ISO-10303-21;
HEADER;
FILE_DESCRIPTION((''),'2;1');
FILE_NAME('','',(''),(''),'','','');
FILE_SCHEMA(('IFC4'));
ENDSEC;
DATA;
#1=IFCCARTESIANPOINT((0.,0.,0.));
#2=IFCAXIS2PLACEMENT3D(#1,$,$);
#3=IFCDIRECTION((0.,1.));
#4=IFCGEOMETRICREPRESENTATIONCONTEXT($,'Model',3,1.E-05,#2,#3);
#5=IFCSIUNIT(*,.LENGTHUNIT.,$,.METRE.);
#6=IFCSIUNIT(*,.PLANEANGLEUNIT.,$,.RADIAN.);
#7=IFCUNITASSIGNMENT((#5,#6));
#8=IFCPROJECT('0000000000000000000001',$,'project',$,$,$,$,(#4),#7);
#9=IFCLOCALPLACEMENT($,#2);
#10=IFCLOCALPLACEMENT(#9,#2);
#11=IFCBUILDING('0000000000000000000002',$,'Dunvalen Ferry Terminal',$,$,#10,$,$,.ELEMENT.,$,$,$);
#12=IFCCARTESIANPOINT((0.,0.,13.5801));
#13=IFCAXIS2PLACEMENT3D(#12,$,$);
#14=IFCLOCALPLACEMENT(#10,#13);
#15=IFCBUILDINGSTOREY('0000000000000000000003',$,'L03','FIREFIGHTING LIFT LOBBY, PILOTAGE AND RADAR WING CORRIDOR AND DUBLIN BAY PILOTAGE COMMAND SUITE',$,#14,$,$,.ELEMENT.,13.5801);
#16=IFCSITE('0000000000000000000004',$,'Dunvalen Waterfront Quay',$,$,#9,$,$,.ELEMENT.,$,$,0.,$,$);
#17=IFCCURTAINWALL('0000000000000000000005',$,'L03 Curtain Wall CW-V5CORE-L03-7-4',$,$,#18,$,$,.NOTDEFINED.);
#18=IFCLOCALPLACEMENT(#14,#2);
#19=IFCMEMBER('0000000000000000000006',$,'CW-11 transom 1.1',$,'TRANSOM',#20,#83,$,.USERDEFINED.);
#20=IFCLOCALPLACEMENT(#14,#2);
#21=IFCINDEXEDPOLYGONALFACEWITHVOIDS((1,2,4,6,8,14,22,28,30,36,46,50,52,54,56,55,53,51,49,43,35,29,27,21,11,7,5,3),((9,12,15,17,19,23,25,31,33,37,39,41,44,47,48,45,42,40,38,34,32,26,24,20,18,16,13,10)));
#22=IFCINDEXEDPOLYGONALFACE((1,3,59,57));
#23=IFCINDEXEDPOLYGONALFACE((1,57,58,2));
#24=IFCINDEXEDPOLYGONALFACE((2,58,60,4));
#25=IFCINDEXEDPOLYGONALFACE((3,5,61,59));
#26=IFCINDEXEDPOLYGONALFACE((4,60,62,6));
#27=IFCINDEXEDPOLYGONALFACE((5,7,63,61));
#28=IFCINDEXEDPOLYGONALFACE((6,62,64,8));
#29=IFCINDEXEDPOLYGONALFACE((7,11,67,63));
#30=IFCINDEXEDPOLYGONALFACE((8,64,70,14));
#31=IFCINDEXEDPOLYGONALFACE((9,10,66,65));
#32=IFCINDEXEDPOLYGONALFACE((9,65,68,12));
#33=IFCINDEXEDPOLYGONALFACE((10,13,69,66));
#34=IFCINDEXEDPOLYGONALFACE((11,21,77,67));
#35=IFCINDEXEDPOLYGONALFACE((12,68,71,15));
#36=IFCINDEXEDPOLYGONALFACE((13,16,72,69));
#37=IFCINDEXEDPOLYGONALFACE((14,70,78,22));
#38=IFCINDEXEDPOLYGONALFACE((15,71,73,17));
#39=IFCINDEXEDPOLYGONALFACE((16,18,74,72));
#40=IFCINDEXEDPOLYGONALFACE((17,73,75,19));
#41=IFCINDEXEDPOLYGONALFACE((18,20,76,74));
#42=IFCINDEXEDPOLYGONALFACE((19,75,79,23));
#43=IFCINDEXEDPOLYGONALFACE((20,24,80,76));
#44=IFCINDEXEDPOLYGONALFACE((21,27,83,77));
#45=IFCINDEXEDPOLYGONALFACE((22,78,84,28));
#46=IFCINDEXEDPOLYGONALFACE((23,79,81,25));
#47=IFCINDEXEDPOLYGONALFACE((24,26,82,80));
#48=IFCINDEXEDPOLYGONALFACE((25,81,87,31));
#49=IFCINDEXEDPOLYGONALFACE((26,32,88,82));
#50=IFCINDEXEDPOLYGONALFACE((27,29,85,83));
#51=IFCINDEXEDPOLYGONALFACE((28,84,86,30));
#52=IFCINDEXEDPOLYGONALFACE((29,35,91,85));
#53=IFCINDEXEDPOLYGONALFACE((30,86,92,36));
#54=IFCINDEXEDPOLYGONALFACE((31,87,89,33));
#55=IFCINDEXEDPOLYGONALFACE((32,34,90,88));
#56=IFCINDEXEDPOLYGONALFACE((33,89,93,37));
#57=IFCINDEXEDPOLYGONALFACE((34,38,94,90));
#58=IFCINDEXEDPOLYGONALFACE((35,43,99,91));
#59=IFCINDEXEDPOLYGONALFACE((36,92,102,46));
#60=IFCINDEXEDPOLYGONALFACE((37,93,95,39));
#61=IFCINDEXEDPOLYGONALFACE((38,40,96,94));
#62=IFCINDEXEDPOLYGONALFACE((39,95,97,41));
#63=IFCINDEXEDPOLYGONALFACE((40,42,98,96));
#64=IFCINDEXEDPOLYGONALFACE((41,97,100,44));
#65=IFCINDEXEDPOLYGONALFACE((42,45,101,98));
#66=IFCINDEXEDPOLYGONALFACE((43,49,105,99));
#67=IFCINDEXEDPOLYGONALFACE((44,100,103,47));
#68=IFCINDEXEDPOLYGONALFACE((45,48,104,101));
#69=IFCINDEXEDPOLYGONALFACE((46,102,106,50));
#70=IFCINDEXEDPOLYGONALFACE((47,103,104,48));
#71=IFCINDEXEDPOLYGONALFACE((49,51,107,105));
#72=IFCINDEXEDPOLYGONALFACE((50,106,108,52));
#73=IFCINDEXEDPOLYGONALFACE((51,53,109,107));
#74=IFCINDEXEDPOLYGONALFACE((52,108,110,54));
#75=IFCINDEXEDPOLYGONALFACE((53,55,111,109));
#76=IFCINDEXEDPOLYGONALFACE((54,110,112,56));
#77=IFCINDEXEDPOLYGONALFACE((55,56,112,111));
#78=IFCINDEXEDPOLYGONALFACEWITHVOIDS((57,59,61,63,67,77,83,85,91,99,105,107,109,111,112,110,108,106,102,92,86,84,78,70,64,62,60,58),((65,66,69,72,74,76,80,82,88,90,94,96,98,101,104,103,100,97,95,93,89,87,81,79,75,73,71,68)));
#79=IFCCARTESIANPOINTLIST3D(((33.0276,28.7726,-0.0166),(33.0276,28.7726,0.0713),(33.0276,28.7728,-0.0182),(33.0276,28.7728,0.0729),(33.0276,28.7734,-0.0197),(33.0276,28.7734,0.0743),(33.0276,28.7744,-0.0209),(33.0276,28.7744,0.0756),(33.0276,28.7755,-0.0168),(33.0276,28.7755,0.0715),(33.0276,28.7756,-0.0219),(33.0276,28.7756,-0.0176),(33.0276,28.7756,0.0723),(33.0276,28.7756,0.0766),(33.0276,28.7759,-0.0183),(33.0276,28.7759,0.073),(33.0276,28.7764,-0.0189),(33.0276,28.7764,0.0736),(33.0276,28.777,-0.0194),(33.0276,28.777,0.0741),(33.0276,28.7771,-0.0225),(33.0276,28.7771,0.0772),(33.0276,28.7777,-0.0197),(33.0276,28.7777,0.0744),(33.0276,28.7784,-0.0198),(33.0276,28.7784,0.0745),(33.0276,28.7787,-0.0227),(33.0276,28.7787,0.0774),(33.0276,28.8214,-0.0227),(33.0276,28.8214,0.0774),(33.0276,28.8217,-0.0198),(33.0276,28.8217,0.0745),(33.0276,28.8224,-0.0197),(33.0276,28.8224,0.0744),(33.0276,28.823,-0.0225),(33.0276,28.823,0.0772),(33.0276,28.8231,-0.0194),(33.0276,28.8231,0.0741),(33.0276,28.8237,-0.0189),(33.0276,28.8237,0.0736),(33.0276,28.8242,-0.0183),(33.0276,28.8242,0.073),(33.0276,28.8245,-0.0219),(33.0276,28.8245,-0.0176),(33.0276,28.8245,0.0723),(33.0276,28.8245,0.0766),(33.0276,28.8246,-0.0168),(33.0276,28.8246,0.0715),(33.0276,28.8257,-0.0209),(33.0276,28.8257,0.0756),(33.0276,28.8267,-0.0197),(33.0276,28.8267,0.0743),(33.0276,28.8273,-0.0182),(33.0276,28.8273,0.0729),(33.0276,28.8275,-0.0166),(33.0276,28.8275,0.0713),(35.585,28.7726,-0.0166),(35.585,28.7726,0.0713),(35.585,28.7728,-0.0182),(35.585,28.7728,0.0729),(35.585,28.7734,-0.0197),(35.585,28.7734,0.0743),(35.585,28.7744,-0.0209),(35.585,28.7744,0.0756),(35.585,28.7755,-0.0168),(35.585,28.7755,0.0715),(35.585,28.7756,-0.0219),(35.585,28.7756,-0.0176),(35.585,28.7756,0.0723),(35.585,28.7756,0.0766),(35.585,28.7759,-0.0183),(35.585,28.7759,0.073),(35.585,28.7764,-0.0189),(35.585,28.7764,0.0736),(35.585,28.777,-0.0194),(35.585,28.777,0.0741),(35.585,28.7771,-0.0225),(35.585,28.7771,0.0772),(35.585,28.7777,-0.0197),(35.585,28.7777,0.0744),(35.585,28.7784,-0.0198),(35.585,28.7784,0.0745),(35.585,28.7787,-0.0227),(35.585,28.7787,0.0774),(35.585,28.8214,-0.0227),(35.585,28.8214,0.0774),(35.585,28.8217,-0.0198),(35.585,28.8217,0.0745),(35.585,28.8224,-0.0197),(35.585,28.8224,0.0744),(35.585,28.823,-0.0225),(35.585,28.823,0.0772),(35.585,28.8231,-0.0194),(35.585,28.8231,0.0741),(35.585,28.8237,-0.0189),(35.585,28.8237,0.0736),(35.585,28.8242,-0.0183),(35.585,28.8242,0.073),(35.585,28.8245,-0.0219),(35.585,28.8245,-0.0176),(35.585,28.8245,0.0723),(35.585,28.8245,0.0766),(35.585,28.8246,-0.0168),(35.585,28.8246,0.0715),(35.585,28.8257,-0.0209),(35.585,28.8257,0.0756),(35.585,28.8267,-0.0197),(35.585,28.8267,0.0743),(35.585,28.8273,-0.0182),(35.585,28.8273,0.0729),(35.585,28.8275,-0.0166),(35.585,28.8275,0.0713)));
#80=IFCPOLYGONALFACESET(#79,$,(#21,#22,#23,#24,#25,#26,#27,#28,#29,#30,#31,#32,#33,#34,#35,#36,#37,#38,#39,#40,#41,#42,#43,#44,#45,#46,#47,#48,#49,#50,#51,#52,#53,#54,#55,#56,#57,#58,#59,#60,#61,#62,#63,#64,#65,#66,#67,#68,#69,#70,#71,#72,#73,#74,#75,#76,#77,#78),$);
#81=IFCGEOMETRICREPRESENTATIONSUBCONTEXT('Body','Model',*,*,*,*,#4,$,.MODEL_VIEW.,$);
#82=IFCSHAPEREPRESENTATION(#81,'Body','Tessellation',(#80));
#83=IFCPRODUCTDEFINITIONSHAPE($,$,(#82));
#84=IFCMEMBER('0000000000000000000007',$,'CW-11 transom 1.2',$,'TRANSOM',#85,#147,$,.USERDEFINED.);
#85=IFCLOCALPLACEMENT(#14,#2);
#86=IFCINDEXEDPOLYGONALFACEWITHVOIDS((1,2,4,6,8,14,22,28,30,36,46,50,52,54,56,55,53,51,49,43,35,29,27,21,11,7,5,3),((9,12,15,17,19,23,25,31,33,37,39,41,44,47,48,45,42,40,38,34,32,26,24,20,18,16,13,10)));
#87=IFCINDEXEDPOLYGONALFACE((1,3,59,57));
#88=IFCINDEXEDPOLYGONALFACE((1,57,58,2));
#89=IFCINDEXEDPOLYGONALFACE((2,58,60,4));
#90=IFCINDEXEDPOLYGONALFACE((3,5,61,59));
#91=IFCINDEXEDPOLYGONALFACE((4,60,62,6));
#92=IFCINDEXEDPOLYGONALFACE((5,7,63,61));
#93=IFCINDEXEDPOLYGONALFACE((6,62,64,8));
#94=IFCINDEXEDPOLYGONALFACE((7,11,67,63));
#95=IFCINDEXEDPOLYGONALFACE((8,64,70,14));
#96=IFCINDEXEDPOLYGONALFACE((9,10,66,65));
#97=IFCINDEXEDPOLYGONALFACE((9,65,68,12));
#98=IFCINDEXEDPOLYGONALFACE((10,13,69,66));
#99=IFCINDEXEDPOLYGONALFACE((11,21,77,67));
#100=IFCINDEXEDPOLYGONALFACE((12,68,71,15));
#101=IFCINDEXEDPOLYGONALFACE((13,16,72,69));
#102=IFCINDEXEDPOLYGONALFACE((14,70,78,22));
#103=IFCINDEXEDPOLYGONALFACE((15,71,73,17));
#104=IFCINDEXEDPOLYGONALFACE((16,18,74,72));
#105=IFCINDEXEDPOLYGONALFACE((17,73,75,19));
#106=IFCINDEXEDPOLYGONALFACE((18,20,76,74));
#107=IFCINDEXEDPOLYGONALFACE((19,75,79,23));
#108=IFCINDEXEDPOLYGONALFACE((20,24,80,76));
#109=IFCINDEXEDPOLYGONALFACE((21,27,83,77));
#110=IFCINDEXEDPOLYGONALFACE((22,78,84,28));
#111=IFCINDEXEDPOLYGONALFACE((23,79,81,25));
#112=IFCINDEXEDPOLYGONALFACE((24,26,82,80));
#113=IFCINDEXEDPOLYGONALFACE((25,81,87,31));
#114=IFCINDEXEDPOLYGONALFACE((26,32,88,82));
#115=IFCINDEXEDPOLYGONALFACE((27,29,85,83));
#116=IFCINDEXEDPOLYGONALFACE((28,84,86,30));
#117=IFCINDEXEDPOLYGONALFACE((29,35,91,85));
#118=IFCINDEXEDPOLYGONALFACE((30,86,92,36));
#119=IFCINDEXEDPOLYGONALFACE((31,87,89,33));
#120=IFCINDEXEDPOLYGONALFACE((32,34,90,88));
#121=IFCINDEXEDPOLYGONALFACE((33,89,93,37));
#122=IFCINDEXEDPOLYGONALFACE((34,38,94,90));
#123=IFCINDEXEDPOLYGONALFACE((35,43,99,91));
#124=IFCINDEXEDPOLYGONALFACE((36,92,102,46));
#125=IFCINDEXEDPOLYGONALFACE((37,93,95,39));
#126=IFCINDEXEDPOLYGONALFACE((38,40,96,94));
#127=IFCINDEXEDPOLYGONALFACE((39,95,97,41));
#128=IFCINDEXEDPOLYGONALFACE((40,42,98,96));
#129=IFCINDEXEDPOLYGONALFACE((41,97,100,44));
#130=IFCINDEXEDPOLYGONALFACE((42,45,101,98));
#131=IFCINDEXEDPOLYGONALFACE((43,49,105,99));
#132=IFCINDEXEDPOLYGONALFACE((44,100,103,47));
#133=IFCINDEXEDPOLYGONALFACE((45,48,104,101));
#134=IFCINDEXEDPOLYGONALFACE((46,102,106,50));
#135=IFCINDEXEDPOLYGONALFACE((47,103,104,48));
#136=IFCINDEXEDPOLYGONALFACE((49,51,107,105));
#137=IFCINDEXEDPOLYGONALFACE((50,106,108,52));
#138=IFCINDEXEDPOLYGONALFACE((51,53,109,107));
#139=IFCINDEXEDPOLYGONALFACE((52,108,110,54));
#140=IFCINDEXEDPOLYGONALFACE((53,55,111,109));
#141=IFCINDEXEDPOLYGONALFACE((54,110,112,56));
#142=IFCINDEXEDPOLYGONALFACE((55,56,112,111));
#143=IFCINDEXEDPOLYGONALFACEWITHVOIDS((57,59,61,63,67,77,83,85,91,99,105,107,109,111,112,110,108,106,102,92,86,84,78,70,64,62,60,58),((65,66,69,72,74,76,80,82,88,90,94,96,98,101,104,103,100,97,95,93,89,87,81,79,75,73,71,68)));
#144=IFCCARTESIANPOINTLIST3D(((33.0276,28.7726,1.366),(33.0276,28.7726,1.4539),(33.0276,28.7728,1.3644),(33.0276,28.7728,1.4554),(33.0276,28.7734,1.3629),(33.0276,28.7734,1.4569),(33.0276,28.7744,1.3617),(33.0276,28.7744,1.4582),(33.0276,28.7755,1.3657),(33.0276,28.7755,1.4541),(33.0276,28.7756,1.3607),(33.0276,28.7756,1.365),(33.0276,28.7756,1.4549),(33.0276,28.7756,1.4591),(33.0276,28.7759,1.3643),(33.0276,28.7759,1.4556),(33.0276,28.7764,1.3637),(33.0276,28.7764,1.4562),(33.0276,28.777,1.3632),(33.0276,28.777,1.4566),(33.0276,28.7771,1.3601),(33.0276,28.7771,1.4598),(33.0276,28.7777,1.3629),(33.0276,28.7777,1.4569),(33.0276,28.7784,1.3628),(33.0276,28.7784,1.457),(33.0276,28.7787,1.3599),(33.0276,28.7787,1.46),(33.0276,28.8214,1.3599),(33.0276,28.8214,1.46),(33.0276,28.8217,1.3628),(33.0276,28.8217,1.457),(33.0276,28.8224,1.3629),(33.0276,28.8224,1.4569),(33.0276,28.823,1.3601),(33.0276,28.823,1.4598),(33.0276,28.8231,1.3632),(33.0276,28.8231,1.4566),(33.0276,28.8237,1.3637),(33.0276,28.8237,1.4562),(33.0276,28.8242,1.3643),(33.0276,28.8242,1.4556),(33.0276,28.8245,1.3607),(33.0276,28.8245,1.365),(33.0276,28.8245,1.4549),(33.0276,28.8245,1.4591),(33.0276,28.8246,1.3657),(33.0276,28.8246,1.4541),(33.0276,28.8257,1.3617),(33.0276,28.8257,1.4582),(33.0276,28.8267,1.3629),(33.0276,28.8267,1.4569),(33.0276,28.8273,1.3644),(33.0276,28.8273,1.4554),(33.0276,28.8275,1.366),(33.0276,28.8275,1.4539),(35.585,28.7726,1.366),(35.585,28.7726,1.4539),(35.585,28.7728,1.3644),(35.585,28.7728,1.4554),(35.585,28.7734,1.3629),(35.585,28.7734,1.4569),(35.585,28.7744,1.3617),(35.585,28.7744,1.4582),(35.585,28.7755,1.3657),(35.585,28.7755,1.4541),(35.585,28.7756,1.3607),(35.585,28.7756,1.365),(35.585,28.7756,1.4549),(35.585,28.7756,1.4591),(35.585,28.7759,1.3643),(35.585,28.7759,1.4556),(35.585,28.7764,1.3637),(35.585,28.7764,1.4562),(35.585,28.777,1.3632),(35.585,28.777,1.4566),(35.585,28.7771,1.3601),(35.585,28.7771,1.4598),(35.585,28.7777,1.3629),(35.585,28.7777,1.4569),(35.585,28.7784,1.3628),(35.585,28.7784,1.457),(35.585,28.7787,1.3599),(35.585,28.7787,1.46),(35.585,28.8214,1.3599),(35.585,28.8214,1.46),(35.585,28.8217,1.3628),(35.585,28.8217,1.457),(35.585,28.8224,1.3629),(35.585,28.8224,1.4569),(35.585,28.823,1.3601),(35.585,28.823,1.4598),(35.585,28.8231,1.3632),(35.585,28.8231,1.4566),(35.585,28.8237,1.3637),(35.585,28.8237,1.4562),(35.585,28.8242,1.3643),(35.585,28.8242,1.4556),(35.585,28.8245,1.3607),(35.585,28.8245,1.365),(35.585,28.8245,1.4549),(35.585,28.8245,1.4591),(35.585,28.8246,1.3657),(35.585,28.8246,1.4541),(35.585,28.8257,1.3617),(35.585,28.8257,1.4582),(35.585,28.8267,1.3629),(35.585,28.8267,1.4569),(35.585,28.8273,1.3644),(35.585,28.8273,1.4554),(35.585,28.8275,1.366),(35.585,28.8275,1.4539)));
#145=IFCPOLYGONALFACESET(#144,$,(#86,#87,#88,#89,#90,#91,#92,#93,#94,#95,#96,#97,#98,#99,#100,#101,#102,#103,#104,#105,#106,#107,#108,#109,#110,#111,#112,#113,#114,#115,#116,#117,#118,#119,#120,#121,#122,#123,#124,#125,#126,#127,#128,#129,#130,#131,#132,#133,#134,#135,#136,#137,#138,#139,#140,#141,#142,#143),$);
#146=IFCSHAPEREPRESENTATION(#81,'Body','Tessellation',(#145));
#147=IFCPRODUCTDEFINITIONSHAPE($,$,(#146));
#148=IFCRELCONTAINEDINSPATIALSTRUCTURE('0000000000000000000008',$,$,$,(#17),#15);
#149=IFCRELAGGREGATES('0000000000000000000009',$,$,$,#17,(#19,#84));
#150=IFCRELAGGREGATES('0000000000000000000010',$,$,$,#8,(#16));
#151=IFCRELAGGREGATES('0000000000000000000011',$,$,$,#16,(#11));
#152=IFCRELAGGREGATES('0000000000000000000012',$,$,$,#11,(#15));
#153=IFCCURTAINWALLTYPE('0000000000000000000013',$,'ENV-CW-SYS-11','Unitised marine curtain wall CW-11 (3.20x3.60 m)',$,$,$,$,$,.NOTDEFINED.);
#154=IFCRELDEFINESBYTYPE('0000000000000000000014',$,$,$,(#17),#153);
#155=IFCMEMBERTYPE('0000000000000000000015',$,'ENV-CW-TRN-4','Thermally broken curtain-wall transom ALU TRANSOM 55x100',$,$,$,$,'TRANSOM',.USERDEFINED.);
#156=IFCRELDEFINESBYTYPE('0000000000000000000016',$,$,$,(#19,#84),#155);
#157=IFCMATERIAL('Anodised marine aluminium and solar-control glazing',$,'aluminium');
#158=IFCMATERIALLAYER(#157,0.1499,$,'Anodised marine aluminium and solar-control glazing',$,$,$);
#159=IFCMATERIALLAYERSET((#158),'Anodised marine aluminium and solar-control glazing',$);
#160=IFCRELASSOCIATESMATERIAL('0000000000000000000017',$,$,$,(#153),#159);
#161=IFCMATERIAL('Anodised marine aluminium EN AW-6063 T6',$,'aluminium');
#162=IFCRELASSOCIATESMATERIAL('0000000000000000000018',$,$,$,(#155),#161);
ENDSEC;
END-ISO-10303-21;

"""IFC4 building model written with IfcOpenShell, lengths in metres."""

from ifc_helpers import new_model, si_unit, direction, frame, origin, origin_2d, place, context, subcontext, project, spatial, hollow_rectangle, extrude, material, layer, layer_set, material_profile, profile_set, type_object, element, aggregate, save


model = new_model("IFC4")

# Units and contexts
model_context = context("Model", 3, precision=1e-05, world=origin(), true_north=direction((0.0, 1.0)))
body_context = subcontext(model_context, "Body", "Model", "MODEL_VIEW")
ifc_project = project(units=[si_unit("LENGTHUNIT", "METRE"), si_unit("PLANEANGLEUNIT", "RADIAN")], contexts=[model_context])

# Site, building, storey
site_placement = place(None, origin())
site = spatial("IfcSite", under=ifc_project, at=site_placement, Name="Dunvalen Waterfront Quay", CompositionType="ELEMENT", RefElevation=0.0)
building_placement = place(site_placement, origin())
building = spatial("IfcBuilding", under=site, at=building_placement, Name="Dunvalen Ferry Terminal", CompositionType="ELEMENT")
storey_placement = place(building_placement, frame((0.0, 0.0, 13.5801)))
storey = spatial("IfcBuildingStorey", under=building, at=storey_placement, Name="L03", Description="FIREFIGHTING LIFT LOBBY, PILOTAGE AND RADAR WING CORRIDOR AND DUBLIN BAY PILOTAGE COMMAND SUITE", CompositionType="ELEMENT", Elevation=13.5801)

# Curtain wall
ifc_material_1 = material(Name="Anodised marine aluminium and solar-control glazing", Category="aluminium")
ifc_layer_1 = layer(ifc_material_1, 0.1499, Name="Anodised marine aluminium and solar-control glazing")
ifc_layer_set_1 = layer_set([ifc_layer_1], Name="Anodised marine aluminium and solar-control glazing")
curtain_wall_type = type_object("IfcCurtainWallType", Name="ENV-CW-SYS-11", Description="Unitised marine curtain wall CW-11 (3.20x3.60 m)", PredefinedType="NOTDEFINED", material=ifc_layer_set_1)
ifc_material_2 = material(Name="Anodised marine aluminium EN AW-6063 T6", Category="aluminium")
curtain_wall_1_placement = place(storey_placement, origin())
curtain_wall_1 = element("IfcCurtainWall", 1, at=curtain_wall_1_placement, inside=storey, type_object=curtain_wall_type, Name="L03 Curtain Wall CW-V5CORE-L03-7-4", PredefinedType="NOTDEFINED")

# Members
ifc_material_profile_1 = material_profile(ifc_material_2, hollow_rectangle(XDim=0.0549, YDim=0.1001, WallThickness=0.0029, InnerFilletRadius=0.0029, OuterFilletRadius=0.0061, at=origin_2d()), Name="Anodised marine aluminium EN AW-6063 T6")
ifc_profile_set_1 = profile_set([ifc_material_profile_1], Name="Anodised marine aluminium EN AW-6063 T6")
member_type_1 = type_object("IfcMemberType", Name="ENV-CW-TRN-4", Description="Thermally broken curtain-wall transom ALU TRANSOM 55x100", ElementType="TRANSOM", PredefinedType="USERDEFINED", material=ifc_profile_set_1)
member_1_placement = place(storey_placement, frame((35.585, 28.8, 0.0273), z_axis=(-1.0, 0.0, 0.0), x_axis=(0.0, -1.0, 0.0)))
member_1 = element("IfcMember", 2, at=member_1_placement, type_object=member_type_1, Name="CW-11 transom 1.1", ObjectType="TRANSOM", PredefinedType="USERDEFINED", context=body_context, shape_type="SweptSolid", body=[
    extrude(hollow_rectangle(XDim=0.0549, YDim=0.1001, WallThickness=0.0029, InnerFilletRadius=0.0029, OuterFilletRadius=0.0061, at=origin_2d()), origin(), (0.0, 0.0, 1.0), 2.5574),
])
member_2_placement = place(storey_placement, frame((35.585, 28.8, 1.4099), z_axis=(-1.0, 0.0, 0.0), x_axis=(0.0, -1.0, 0.0)))
member_2 = element("IfcMember", 3, at=member_2_placement, type_object=member_type_1, Name="CW-11 transom 1.2", ObjectType="TRANSOM", PredefinedType="USERDEFINED", context=body_context, shape_type="SweptSolid", body=[
    extrude(hollow_rectangle(XDim=0.0549, YDim=0.1001, WallThickness=0.0029, InnerFilletRadius=0.0029, OuterFilletRadius=0.0061, at=origin_2d()), origin(), (0.0, 0.0, 1.0), 2.5574),
])

aggregate(curtain_wall_1, [member_1, member_2])

save(model, "model.ifc")
